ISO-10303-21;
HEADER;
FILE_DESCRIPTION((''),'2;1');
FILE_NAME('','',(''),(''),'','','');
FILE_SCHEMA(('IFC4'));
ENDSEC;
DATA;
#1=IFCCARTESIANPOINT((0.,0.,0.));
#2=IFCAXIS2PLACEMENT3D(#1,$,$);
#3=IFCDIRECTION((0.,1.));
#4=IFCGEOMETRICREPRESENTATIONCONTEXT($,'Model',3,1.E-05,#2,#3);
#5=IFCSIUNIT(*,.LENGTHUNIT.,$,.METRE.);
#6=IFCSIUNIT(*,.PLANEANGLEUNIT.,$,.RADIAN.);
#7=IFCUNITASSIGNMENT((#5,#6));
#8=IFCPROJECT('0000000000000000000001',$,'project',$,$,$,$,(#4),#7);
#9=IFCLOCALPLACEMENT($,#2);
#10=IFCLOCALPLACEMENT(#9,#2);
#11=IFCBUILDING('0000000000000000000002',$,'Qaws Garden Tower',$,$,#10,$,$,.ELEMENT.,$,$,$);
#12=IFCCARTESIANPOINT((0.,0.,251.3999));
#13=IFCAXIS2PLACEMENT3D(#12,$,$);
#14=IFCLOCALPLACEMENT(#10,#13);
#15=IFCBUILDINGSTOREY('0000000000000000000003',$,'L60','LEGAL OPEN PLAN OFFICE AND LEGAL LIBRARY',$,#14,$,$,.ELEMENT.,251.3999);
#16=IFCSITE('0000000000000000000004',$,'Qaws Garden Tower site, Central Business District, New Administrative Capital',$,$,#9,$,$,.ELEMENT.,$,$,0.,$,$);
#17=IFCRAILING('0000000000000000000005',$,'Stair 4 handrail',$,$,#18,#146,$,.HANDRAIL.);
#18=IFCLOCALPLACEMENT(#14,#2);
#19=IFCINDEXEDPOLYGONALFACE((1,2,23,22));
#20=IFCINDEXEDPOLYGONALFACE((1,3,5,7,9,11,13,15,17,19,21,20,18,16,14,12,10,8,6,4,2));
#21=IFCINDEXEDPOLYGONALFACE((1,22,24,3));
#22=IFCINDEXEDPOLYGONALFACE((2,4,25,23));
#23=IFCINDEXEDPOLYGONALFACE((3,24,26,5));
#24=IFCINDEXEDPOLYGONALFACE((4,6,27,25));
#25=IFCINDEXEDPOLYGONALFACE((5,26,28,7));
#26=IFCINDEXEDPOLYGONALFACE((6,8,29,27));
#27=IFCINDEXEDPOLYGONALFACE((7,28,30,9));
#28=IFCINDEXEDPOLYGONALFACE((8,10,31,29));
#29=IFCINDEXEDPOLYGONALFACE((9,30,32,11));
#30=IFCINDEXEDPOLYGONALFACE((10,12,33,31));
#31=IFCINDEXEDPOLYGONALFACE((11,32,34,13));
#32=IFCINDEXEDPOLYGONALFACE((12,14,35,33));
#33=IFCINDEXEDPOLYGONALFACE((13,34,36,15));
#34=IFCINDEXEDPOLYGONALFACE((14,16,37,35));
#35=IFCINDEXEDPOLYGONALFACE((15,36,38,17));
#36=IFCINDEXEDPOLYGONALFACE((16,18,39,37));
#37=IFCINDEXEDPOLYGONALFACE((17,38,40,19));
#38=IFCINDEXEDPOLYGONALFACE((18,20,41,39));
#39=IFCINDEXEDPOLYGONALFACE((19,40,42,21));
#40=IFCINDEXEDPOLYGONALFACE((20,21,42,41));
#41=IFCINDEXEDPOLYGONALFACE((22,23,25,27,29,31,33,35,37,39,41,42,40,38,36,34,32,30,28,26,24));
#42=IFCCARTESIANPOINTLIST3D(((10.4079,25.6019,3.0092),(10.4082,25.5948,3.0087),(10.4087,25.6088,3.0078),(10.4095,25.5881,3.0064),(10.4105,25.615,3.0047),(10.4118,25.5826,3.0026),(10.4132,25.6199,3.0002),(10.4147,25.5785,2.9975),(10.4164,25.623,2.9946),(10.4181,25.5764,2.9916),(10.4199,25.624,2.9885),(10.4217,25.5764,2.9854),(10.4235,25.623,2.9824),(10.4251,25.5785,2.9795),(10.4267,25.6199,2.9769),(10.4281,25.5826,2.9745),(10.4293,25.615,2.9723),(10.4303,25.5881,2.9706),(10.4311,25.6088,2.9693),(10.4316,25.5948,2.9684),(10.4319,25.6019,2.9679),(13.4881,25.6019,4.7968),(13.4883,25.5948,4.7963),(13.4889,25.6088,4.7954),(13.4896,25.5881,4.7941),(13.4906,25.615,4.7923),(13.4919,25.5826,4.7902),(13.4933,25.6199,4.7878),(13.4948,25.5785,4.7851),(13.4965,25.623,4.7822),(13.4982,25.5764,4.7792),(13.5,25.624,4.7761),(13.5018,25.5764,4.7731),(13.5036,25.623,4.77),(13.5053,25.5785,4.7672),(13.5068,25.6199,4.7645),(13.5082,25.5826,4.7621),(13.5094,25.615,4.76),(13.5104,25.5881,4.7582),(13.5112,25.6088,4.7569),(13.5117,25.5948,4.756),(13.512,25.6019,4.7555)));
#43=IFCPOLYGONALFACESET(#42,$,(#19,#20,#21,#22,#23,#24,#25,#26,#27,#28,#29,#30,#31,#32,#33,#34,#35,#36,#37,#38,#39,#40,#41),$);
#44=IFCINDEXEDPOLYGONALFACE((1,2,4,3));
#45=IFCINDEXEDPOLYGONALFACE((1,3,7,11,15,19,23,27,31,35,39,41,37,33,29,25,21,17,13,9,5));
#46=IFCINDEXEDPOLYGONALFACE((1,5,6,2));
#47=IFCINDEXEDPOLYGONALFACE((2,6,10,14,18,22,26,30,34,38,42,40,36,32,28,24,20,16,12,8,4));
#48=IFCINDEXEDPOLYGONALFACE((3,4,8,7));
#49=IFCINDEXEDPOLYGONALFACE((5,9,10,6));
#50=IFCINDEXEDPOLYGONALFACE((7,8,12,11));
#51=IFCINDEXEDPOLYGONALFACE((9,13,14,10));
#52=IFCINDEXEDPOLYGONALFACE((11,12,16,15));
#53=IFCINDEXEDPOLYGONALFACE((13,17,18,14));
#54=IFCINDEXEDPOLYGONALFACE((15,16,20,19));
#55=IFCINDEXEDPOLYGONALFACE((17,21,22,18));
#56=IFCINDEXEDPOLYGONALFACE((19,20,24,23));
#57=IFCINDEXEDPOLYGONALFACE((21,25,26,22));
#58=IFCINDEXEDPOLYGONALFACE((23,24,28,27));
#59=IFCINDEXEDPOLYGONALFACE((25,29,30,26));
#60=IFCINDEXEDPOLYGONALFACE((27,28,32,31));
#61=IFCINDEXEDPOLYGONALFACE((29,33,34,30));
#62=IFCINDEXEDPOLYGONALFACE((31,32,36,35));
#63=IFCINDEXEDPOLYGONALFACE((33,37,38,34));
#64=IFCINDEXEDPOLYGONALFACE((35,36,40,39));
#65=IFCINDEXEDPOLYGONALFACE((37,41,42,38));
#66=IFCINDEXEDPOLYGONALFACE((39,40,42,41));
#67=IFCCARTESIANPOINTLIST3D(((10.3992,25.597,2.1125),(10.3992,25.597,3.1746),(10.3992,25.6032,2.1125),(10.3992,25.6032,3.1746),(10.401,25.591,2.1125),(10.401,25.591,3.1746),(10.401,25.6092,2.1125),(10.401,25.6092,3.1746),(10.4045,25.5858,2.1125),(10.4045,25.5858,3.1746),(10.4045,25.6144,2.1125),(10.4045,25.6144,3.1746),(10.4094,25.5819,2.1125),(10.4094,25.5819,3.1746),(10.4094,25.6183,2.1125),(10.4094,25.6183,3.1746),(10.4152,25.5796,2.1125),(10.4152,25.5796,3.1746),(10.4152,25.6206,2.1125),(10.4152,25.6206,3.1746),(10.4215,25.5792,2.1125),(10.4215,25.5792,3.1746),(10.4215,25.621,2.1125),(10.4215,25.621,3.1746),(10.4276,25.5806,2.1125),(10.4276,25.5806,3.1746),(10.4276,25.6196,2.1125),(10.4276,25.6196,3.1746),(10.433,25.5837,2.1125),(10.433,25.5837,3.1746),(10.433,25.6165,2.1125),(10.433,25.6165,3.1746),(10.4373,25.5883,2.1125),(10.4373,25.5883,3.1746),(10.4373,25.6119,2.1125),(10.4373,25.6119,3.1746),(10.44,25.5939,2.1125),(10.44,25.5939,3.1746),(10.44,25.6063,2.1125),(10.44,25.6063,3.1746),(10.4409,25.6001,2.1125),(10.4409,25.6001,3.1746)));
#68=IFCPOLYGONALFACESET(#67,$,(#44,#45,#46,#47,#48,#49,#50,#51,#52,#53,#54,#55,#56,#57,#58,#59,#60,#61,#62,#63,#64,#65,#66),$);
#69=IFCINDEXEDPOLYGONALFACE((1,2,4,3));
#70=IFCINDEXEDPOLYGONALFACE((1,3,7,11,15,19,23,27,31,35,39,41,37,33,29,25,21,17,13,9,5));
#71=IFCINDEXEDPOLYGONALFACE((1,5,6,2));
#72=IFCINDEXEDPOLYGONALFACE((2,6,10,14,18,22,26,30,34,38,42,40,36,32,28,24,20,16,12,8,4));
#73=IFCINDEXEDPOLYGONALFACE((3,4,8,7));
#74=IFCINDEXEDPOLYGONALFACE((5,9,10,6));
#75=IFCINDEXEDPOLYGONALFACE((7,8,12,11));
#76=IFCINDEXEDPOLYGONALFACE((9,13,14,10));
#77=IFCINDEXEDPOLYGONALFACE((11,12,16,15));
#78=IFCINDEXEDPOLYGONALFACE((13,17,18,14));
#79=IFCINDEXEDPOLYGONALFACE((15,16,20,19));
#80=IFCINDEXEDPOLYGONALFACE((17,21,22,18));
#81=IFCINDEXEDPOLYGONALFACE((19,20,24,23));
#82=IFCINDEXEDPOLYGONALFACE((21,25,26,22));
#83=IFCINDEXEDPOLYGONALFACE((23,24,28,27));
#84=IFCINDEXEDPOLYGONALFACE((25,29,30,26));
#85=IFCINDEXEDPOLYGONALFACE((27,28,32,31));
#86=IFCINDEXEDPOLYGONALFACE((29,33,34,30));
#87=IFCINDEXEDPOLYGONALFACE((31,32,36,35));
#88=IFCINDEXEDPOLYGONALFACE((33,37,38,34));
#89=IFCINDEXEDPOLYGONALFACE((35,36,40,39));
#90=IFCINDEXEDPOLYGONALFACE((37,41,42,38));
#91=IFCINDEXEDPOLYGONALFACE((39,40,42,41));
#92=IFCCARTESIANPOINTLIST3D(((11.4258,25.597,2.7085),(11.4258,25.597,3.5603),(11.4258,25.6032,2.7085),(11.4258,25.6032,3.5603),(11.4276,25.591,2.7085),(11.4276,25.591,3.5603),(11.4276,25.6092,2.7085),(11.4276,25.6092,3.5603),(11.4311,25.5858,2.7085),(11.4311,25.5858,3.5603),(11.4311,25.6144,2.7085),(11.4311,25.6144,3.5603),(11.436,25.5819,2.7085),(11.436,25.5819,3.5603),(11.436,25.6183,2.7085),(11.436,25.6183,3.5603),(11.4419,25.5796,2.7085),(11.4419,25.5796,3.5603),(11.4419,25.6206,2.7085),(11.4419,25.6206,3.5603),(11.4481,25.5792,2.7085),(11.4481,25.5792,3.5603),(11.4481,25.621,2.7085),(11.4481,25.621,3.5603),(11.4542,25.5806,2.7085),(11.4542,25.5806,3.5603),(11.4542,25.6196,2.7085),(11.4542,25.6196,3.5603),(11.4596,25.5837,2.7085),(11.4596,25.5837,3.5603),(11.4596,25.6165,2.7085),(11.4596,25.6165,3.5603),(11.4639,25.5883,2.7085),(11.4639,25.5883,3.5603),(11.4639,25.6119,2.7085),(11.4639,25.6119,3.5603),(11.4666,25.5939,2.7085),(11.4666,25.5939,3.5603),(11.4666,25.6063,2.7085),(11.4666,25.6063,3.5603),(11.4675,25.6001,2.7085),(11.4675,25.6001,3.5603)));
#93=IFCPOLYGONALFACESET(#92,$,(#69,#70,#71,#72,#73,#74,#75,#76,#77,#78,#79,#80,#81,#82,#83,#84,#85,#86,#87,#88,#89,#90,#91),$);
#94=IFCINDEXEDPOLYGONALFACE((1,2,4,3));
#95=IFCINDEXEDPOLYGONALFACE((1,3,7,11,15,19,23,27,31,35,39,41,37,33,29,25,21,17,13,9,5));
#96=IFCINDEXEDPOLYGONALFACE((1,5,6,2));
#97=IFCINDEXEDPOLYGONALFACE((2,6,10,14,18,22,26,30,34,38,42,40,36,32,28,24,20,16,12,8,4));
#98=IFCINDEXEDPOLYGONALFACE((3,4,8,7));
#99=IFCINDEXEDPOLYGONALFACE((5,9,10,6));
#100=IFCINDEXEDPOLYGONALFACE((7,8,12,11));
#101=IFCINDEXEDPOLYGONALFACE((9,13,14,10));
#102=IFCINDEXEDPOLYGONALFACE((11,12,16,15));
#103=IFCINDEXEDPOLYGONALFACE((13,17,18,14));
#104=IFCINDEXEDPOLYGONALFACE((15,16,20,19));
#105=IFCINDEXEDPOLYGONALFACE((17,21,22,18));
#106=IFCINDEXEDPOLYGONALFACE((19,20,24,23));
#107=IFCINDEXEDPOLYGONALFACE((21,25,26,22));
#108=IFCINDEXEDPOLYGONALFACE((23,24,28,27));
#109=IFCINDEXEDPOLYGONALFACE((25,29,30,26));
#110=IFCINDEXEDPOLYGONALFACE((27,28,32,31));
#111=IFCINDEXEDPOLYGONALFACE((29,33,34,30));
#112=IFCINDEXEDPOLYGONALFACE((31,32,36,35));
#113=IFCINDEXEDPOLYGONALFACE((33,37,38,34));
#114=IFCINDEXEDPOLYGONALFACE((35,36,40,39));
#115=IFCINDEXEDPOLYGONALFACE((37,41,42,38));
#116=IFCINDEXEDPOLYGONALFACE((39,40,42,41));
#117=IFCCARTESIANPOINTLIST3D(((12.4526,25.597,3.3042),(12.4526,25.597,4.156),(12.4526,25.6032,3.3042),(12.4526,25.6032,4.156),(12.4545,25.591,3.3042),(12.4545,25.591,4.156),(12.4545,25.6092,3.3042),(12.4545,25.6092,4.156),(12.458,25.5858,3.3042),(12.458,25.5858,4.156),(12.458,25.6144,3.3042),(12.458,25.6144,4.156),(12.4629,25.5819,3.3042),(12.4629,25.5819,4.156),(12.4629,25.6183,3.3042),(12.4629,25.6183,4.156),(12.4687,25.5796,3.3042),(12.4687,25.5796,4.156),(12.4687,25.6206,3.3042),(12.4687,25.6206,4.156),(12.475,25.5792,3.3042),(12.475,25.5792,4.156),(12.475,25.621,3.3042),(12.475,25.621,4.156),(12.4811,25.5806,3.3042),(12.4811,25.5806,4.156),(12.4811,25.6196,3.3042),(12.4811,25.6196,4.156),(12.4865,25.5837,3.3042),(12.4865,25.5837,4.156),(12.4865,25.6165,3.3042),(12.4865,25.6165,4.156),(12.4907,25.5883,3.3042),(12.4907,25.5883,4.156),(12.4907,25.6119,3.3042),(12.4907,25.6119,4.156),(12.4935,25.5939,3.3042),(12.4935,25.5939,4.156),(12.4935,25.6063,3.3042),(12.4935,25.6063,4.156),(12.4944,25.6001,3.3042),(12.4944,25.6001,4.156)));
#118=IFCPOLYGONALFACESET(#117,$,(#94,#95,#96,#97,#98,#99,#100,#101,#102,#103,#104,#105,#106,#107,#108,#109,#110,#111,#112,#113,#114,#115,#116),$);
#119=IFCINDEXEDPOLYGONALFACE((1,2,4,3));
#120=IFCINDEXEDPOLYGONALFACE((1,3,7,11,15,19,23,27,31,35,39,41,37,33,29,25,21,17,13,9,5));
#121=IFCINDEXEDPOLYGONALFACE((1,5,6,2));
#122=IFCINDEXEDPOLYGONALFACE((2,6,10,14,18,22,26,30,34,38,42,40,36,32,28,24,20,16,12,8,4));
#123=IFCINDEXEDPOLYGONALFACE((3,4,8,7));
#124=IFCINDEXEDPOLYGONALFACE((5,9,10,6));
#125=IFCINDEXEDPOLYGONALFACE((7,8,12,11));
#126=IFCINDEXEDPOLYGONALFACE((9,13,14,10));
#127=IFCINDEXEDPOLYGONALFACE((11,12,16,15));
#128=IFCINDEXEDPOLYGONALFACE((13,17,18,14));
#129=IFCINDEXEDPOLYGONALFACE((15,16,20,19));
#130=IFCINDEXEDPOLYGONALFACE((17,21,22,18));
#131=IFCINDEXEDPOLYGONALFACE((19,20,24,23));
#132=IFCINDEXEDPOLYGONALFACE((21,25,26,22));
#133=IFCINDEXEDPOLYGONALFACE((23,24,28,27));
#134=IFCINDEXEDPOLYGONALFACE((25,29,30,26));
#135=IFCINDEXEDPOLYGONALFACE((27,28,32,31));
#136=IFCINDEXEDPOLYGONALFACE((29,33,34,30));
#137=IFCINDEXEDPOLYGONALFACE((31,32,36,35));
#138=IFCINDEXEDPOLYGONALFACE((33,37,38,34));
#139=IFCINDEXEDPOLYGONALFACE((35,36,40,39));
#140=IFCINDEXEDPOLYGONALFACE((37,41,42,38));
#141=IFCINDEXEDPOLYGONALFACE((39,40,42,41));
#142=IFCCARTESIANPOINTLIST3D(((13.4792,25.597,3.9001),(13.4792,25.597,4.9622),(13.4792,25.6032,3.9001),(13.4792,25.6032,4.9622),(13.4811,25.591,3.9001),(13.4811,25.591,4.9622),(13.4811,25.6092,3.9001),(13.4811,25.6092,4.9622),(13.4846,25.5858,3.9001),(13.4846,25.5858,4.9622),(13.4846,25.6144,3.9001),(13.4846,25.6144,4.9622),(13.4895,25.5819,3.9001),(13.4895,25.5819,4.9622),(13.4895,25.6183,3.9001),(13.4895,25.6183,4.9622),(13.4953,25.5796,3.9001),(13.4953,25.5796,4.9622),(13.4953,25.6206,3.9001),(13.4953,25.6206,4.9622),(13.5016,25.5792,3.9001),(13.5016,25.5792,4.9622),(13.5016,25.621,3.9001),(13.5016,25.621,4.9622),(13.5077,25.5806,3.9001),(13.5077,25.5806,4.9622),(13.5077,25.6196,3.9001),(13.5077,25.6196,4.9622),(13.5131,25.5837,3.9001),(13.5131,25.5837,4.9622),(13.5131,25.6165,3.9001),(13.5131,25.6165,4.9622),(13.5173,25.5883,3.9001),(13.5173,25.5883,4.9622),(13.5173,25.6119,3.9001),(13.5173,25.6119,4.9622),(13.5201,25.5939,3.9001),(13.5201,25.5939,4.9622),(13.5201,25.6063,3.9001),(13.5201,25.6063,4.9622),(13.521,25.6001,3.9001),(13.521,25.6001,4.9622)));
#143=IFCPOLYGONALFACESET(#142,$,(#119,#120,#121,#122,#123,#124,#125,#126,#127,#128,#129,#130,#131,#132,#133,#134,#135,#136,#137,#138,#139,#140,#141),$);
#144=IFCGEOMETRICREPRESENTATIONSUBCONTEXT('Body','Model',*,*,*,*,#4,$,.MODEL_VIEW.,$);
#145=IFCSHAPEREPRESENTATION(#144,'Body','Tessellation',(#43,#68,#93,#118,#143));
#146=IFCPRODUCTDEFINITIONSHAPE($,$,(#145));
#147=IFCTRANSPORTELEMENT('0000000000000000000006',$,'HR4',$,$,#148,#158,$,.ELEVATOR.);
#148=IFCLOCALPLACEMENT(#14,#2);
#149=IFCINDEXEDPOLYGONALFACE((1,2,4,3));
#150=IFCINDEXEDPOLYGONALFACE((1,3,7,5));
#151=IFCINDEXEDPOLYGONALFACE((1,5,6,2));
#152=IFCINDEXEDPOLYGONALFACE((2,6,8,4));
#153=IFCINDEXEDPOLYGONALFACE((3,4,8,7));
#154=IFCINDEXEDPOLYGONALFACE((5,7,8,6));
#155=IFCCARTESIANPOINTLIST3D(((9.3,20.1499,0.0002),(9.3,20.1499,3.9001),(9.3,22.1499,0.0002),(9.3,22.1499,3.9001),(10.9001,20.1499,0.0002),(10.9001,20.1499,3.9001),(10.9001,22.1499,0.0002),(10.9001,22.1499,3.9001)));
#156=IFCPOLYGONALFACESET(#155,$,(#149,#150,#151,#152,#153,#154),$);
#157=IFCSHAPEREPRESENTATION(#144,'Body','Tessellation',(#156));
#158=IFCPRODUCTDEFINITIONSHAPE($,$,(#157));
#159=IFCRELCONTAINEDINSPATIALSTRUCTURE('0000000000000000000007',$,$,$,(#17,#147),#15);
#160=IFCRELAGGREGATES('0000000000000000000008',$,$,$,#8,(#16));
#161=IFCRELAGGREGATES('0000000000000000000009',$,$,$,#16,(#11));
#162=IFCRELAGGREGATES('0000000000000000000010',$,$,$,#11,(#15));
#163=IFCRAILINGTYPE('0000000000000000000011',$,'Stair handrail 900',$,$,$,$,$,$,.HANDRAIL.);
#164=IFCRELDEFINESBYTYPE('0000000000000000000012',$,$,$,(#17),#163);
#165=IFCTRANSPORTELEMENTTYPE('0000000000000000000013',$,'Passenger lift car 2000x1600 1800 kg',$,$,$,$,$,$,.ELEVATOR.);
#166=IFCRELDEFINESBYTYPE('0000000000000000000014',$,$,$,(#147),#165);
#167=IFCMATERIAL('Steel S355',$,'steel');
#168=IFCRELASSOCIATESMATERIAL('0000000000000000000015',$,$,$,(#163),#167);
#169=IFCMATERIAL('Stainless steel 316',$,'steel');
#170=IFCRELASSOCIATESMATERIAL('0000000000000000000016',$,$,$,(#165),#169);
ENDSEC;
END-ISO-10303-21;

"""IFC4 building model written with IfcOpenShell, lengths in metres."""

from ifc_helpers import new_model, si_unit, direction, frame, origin, origin_2d, place, context, subcontext, project, spatial, rectangle, circle, extrude, material, type_object, element, save


model = new_model("IFC4")

# Units and contexts
model_context = context("Model", 3, precision=1e-05, world=origin(), true_north=direction((0.0, 1.0)))
body_context = subcontext(model_context, "Body", "Model", "MODEL_VIEW")
ifc_project = project(units=[si_unit("LENGTHUNIT", "METRE"), si_unit("PLANEANGLEUNIT", "RADIAN")], contexts=[model_context])

# Site, building, storey
site_placement = place(None, origin())
site = spatial("IfcSite", under=ifc_project, at=site_placement, Name="Qaws Garden Tower site, Central Business District, New Administrative Capital", CompositionType="ELEMENT", RefElevation=0.0)
building_placement = place(site_placement, origin())
building = spatial("IfcBuilding", under=site, at=building_placement, Name="Qaws Garden Tower", CompositionType="ELEMENT")
storey_placement = place(building_placement, frame((0.0, 0.0, 251.3999)))
storey = spatial("IfcBuildingStorey", under=building, at=storey_placement, Name="L60", Description="LEGAL OPEN PLAN OFFICE AND LEGAL LIBRARY", CompositionType="ELEMENT", Elevation=251.3999)

# Railing
ifc_material_1 = material(Name="Steel S355", Category="steel")
railing_type = type_object("IfcRailingType", Name="Stair handrail 900", PredefinedType="HANDRAIL", material=ifc_material_1)
railing_1_placement = place(storey_placement, frame((10.4199, 25.6001, 2.1125)))
element("IfcRailing", 1, at=railing_1_placement, inside=storey, type_object=railing_type, Name="Stair 4 handrail", PredefinedType="HANDRAIL", context=body_context, shape_type="SweptSolid", body=[
    extrude(circle(Radius=0.0239, at=origin_2d()), frame((0.0, 0.0, 0.876), z_axis=(0.864891, 0.0, 0.50196), x_axis=(0.0, 1.0, 0.0)), (0.0, 0.0, 1.0), 3.5613),
    extrude(circle(Radius=0.021, at=origin_2d()), origin(), (0.0, 0.0, 1.0), 1.062),
    extrude(circle(Radius=0.021, at=origin_2d()), frame((1.0266, 0.0, 0.5959)), (0.0, 0.0, 1.0), 0.8518),
    extrude(circle(Radius=0.021, at=origin_2d()), frame((2.0535, 0.0, 1.1917)), (0.0, 0.0, 1.0), 0.8518),
    extrude(circle(Radius=0.021, at=origin_2d()), frame((3.0801, 0.0, 1.7876)), (0.0, 0.0, 1.0), 1.062),
])

# Transport element
ifc_material_2 = material(Name="Stainless steel 316", Category="steel")
transport_element_type = type_object("IfcTransportElementType", Name="Passenger lift car 2000x1600 1800 kg", PredefinedType="ELEVATOR", material=ifc_material_2)
transport_element_placement = place(storey_placement, frame((10.1001, 21.1499, 0.0002), z_axis=(0.0, 0.0, 1.0), x_axis=(1.0, 0.0, 0.0)))
element("IfcTransportElement", 2, at=transport_element_placement, inside=storey, type_object=transport_element_type, Name="HR4", PredefinedType="ELEVATOR", context=body_context, shape_type="SweptSolid", body=[
    extrude(rectangle(XDim=1.6001, YDim=2.0, at=origin_2d()), origin(), (0.0, 0.0, 1.0), 3.8999),
])

save(model, "model.ifc")
